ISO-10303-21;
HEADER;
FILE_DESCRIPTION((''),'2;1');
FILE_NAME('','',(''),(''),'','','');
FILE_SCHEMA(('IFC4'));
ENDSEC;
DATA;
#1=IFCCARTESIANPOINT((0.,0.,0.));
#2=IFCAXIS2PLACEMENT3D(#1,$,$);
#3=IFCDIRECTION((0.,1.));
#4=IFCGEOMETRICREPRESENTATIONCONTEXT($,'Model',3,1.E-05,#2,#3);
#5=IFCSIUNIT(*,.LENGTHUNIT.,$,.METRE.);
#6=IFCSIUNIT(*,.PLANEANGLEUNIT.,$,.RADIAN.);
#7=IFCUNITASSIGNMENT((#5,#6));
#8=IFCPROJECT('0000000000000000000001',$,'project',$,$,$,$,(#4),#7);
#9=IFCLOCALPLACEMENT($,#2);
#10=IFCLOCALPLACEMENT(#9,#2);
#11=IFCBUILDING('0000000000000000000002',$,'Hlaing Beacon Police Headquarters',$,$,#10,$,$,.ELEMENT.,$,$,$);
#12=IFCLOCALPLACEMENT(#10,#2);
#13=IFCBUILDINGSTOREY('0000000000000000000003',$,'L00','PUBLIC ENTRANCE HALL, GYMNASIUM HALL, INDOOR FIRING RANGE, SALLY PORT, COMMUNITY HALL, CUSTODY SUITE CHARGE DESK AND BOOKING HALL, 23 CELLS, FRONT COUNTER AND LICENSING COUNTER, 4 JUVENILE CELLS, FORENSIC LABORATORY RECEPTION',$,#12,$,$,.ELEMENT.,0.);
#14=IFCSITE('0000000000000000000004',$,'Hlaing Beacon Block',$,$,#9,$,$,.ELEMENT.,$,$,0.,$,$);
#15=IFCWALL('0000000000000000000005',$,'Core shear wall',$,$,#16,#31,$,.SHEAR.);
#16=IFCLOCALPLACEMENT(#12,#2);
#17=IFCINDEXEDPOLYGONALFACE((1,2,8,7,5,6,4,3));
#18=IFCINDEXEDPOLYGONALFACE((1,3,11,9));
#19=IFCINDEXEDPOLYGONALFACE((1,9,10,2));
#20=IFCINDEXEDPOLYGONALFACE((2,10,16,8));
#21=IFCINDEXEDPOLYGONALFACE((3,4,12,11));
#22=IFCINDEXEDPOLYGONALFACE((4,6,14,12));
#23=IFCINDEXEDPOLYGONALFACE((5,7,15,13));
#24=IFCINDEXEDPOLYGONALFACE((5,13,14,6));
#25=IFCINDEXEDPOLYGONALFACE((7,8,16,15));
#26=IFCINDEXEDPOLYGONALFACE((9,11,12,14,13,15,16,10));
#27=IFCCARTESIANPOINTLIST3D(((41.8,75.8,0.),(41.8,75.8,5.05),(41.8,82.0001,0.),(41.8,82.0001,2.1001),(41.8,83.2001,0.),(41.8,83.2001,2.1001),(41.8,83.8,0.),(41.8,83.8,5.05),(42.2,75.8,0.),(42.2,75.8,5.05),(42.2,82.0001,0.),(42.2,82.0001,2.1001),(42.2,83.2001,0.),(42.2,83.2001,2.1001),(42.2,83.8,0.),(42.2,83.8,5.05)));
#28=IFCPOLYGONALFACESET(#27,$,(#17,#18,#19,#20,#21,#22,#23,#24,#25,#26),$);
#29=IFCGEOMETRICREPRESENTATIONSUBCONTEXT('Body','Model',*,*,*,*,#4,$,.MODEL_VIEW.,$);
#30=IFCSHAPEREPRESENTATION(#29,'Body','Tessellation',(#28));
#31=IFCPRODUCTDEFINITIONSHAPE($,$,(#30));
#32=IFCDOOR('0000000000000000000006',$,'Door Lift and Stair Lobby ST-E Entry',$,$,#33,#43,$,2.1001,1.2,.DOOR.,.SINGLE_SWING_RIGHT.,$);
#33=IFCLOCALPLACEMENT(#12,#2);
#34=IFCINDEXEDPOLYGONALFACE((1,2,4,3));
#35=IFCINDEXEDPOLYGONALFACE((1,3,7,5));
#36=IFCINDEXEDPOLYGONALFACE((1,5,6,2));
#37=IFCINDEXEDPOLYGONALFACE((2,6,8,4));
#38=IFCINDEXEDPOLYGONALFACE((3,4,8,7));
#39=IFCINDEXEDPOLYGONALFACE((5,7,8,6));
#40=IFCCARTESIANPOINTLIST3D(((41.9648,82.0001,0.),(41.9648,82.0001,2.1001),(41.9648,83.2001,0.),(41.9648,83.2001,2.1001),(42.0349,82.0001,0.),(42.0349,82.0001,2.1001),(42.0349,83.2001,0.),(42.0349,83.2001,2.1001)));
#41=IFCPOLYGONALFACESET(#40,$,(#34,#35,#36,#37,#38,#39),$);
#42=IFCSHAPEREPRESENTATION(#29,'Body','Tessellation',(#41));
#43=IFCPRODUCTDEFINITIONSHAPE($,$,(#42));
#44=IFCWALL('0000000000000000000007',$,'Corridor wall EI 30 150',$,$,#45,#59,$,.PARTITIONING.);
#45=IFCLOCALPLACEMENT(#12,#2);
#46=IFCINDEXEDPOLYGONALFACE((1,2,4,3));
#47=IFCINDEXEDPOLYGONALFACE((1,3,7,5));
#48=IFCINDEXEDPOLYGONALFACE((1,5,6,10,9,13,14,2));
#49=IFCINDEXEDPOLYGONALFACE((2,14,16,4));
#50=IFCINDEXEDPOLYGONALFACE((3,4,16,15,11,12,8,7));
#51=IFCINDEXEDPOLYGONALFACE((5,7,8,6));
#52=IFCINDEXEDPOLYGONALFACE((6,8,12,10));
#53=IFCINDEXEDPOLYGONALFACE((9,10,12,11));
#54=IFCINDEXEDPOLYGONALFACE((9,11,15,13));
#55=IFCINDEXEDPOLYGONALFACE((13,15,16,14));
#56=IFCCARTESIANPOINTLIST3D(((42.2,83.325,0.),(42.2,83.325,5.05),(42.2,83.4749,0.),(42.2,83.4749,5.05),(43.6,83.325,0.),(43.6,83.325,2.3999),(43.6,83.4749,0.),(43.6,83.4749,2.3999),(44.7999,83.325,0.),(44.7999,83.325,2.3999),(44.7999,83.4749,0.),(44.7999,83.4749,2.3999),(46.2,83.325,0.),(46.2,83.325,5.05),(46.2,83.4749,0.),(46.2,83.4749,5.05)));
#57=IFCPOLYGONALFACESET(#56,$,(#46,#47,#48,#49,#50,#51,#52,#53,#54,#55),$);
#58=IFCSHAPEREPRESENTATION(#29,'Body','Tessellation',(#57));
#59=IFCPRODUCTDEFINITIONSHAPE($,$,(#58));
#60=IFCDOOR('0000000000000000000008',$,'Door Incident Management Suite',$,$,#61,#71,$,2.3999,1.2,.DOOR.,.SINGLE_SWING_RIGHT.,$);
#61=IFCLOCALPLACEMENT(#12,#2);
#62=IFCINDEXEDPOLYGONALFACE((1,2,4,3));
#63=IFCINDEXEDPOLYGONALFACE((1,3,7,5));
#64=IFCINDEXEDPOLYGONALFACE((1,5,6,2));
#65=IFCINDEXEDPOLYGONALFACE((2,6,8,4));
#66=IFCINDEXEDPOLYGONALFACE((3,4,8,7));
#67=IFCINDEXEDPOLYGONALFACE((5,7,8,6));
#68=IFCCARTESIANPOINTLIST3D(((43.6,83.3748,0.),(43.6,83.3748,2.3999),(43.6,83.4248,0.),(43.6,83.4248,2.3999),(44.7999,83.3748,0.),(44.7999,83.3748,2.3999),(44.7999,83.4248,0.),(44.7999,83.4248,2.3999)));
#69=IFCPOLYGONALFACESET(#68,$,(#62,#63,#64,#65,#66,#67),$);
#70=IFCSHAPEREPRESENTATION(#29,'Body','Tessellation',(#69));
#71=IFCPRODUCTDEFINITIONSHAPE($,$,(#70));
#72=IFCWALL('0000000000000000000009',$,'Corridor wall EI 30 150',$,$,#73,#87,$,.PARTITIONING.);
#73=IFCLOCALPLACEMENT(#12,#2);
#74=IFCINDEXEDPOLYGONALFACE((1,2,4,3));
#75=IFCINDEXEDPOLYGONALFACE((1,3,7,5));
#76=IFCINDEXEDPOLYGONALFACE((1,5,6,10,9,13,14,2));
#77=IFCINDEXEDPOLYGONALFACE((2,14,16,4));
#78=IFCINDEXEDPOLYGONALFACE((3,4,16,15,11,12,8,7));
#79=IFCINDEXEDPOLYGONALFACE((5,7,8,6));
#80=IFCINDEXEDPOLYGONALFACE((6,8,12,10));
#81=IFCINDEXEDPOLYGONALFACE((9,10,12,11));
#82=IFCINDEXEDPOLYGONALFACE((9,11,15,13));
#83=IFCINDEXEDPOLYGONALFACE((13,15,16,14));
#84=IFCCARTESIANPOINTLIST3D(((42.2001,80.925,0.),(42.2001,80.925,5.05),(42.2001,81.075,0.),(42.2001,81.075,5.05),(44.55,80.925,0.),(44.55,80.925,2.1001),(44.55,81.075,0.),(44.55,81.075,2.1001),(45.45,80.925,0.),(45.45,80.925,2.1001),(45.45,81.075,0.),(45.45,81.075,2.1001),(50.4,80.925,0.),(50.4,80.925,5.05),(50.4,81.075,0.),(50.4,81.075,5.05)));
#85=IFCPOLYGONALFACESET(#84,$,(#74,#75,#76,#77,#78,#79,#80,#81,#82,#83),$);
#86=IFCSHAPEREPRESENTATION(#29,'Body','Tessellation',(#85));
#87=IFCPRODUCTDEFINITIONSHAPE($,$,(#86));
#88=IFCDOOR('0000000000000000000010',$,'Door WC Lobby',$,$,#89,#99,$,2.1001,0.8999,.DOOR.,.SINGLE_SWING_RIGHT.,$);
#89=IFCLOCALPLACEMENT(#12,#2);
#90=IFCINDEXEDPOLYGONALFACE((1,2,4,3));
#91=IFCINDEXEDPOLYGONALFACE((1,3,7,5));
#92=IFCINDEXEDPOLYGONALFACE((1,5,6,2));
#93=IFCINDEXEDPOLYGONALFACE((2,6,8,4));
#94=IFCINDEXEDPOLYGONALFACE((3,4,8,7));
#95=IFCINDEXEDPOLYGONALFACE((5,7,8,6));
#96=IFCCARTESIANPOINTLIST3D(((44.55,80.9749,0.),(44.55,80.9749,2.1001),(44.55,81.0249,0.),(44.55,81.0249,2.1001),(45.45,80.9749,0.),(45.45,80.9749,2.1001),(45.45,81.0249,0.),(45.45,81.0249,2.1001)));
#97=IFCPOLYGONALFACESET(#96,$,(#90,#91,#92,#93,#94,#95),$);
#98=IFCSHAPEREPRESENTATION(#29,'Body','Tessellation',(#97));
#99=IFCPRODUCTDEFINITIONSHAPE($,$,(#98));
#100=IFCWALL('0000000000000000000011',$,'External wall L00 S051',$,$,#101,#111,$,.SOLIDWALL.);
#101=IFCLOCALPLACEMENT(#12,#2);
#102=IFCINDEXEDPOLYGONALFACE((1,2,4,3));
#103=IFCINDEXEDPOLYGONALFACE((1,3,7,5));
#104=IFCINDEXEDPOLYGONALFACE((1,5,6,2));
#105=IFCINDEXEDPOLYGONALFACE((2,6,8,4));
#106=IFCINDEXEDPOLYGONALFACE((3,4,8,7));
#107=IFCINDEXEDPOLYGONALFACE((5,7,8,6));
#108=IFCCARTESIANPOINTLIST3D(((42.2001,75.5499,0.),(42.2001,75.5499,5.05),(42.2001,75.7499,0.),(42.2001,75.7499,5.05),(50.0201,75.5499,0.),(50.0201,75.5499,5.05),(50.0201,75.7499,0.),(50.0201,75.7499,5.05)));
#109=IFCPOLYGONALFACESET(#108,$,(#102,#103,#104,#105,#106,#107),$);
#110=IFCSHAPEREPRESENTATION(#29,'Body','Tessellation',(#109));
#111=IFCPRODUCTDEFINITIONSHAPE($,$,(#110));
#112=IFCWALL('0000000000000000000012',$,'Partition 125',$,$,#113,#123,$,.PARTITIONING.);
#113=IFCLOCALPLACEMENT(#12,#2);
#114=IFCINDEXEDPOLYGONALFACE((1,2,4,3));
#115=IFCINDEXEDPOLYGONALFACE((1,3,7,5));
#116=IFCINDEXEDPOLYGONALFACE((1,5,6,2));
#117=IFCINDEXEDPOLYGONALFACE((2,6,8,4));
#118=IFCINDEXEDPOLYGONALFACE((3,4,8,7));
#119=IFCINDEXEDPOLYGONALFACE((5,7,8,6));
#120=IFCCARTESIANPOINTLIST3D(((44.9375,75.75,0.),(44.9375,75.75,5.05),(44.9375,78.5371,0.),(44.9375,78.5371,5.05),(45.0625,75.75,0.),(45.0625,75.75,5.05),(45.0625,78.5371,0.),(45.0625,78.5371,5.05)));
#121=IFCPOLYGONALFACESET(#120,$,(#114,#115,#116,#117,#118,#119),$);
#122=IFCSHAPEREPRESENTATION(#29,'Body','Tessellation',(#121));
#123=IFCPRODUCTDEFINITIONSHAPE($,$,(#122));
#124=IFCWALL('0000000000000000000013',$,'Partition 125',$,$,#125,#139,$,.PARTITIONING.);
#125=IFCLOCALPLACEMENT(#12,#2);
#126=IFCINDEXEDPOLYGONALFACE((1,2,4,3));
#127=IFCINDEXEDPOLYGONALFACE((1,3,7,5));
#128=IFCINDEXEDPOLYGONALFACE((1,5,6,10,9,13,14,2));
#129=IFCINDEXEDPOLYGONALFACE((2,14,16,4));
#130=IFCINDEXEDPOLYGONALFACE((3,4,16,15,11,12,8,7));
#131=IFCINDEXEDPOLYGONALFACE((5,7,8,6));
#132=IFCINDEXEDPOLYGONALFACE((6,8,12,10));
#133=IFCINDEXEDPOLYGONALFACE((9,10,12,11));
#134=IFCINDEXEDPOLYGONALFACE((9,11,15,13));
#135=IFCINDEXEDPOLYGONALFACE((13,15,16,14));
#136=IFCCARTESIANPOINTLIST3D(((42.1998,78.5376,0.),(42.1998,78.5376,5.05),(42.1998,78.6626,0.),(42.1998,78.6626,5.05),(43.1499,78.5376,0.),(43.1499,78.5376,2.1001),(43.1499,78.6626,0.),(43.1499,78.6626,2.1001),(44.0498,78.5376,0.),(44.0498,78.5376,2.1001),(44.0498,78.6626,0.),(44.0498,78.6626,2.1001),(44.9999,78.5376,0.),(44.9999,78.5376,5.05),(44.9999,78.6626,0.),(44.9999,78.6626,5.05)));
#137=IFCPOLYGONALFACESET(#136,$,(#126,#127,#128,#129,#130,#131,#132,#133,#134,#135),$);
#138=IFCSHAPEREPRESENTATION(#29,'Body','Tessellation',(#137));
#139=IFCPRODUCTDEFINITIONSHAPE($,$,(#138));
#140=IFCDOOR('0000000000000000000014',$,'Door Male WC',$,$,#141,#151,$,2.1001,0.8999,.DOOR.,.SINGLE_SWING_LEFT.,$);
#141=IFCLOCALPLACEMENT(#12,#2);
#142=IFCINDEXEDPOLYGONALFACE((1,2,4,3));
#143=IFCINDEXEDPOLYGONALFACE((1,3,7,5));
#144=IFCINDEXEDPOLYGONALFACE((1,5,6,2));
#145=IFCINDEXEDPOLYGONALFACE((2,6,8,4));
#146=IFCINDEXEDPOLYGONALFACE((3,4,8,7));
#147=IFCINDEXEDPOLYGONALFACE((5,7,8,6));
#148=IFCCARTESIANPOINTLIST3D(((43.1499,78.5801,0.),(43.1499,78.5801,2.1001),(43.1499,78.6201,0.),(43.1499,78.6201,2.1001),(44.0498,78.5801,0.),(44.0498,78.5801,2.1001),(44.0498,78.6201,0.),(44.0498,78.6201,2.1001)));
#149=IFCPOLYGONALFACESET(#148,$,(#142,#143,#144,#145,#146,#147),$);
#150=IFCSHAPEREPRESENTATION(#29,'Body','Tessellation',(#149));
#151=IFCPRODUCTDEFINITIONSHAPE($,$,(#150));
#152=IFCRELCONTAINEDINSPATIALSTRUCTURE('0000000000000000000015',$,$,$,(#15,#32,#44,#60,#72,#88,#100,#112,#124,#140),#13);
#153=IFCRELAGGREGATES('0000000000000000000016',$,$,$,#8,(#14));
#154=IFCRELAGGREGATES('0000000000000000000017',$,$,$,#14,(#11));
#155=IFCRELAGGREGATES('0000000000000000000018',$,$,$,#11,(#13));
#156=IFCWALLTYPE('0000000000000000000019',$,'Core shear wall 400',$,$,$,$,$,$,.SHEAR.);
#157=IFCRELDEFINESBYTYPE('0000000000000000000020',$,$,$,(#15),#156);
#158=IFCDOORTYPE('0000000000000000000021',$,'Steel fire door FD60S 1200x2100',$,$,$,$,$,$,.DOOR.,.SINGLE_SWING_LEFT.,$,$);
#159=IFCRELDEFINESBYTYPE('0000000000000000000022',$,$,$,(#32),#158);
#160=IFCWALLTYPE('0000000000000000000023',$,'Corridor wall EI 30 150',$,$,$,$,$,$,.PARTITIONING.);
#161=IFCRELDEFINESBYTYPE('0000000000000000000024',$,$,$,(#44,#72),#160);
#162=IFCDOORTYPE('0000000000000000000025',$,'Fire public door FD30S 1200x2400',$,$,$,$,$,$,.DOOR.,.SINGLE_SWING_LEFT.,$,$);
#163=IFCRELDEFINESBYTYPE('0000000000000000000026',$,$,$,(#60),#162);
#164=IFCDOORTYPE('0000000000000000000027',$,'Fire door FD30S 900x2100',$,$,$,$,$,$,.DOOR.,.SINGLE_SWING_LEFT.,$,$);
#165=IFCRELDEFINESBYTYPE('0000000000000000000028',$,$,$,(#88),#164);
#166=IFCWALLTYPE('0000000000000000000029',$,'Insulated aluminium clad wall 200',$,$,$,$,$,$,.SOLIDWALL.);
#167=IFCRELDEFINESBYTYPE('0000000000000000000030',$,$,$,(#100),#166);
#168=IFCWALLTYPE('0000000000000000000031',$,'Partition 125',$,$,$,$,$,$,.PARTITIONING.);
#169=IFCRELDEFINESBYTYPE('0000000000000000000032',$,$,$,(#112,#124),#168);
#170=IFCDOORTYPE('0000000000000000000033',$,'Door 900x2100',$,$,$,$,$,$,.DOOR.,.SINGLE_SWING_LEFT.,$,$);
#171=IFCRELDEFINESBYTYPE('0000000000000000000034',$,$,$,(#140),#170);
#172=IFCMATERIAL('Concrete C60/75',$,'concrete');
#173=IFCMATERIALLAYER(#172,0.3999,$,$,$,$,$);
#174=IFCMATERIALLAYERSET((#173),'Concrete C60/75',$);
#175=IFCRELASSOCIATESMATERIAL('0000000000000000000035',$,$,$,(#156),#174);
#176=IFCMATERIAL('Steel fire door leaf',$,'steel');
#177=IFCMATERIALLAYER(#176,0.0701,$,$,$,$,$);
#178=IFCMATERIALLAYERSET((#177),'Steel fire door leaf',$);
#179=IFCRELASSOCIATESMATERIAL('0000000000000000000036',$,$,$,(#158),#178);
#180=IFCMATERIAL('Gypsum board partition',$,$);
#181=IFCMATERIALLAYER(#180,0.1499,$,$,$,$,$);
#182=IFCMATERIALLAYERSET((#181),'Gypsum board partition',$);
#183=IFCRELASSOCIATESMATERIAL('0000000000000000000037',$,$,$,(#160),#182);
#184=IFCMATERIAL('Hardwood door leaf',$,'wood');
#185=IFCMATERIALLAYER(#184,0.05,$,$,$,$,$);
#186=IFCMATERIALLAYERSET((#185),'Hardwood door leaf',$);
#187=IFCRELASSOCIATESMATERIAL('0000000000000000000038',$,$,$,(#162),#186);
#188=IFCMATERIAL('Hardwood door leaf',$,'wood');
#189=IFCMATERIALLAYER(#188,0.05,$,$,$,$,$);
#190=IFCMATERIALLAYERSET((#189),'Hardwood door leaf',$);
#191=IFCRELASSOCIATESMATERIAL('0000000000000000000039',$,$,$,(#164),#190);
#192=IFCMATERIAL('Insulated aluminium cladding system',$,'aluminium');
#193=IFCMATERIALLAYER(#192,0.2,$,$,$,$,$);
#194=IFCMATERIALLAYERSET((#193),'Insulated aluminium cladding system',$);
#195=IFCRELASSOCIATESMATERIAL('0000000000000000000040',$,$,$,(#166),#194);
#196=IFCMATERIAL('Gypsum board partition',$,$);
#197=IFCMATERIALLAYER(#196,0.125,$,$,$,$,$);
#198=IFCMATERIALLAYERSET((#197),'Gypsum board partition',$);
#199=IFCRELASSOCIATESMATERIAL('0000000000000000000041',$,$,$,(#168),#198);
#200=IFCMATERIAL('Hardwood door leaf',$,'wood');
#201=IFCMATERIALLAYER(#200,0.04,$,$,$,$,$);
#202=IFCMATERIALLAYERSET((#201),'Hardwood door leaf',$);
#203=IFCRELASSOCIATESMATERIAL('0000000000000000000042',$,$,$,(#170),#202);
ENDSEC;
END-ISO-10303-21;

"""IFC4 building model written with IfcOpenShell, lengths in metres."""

from ifc_helpers import new_model, si_unit, direction, frame, frame_2d, origin, place, context, subcontext, project, spatial, rectangle, extrude, material, layer, layer_set, type_object, element, fill, save


model = new_model("IFC4")

# Units and contexts
model_context = context("Model", 3, precision=1e-05, world=origin(), true_north=direction((0.0, 1.0)))
body_context = subcontext(model_context, "Body", "Model", "MODEL_VIEW")
ifc_project = project(units=[si_unit("LENGTHUNIT", "METRE"), si_unit("PLANEANGLEUNIT", "RADIAN")], contexts=[model_context])

# Site, building, storey
site_placement = place(None, origin())
site = spatial("IfcSite", under=ifc_project, at=site_placement, Name="Hlaing Beacon Block", CompositionType="ELEMENT", RefElevation=0.0)
building_placement = place(site_placement, origin())
building = spatial("IfcBuilding", under=site, at=building_placement, Name="Hlaing Beacon Police Headquarters", CompositionType="ELEMENT")
storey_placement = place(building_placement, origin())
storey = spatial("IfcBuildingStorey", under=building, at=storey_placement, Name="L00", Description="PUBLIC ENTRANCE HALL, GYMNASIUM HALL, INDOOR FIRING RANGE, SALLY PORT, COMMUNITY HALL, CUSTODY SUITE CHARGE DESK AND BOOKING HALL, 23 CELLS, FRONT COUNTER AND LICENSING COUNTER, 4 JUVENILE CELLS, FORENSIC LABORATORY RECEPTION", CompositionType="ELEMENT", Elevation=0.0)

# Walls, openings, doors
ifc_material_1 = material(Name="Concrete C60/75", Category="concrete")
ifc_layer_1 = layer(ifc_material_1, 0.3999)
ifc_layer_set_1 = layer_set([ifc_layer_1], Name="Concrete C60/75")
wall_type_1 = type_object("IfcWallType", Name="Core shear wall 400", PredefinedType="SHEAR", material=ifc_layer_set_1)
wall_1_placement = place(storey_placement, frame((42.0, 75.8, 0.0), z_axis=(0.0, 0.0, 1.0), x_axis=(0.0, 1.0, 0.0)))
wall_1 = element("IfcWall", 1, at=wall_1_placement, inside=storey, type_object=wall_type_1, Name="Core shear wall", PredefinedType="SHEAR", context=body_context, shape_type="SweptSolid", body=[
    extrude(rectangle(XDim=8.0, YDim=0.3999, at=frame_2d((4.0, 0.0))), origin(), (0.0, 0.0, 1.0), 5.05),
])
opening_1_placement = place(wall_1_placement, frame((6.2, 0.0, 0.0)))
opening_1 = element("IfcOpeningElement", 2, at=opening_1_placement, cuts=wall_1, PredefinedType="OPENING", context=body_context, shape_type="SweptSolid", body=[
    extrude(rectangle(XDim=1.2, YDim=2.1001, at=frame_2d((0.6001, 1.05))), frame((0.0, 0.21, 0.0), z_axis=(0.0, -1.0, 0.0), x_axis=(1.0, 0.0, 0.0)), (0.0, 0.0, 1.0), 0.4199),
])
ifc_material_2 = material(Name="Steel fire door leaf", Category="steel")
ifc_layer_2 = layer(ifc_material_2, 0.0701)
ifc_layer_set_2 = layer_set([ifc_layer_2], Name="Steel fire door leaf")
door_type_1 = type_object("IfcDoorType", Name="Steel fire door FD60S 1200x2100", OperationType="SINGLE_SWING_LEFT", PredefinedType="DOOR", material=ifc_layer_set_2)
door_1_placement = place(opening_1_placement, origin())
door_1 = element("IfcDoor", 3, at=door_1_placement, inside=storey, type_object=door_type_1, Name="Door Lift and Stair Lobby ST-E Entry", OperationType="SINGLE_SWING_RIGHT", OverallHeight=2.1001, OverallWidth=1.2, PredefinedType="DOOR", context=body_context, shape_type="SweptSolid", body=[
    extrude(rectangle(XDim=1.2, YDim=2.1001, at=frame_2d((0.6001, 1.05))), frame((0.0, 0.0352, 0.0), z_axis=(0.0, -1.0, 0.0), x_axis=(1.0, 0.0, 0.0)), (0.0, 0.0, 1.0), 0.0701),
])
fill(opening_1, door_1)
ifc_material_3 = material(Name="Gypsum board partition")
ifc_layer_3 = layer(ifc_material_3, 0.1499)
ifc_layer_set_3 = layer_set([ifc_layer_3], Name="Gypsum board partition")
wall_type_2 = type_object("IfcWallType", Name="Corridor wall EI 30 150", PredefinedType="PARTITIONING", material=ifc_layer_set_3)
wall_2_placement = place(storey_placement, frame((42.2, 83.3999, 0.0), z_axis=(0.0, 0.0, 1.0), x_axis=(1.0, 0.0, 0.0)))
wall_2 = element("IfcWall", 4, at=wall_2_placement, inside=storey, type_object=wall_type_2, Name="Corridor wall EI 30 150", PredefinedType="PARTITIONING", context=body_context, shape_type="SweptSolid", body=[
    extrude(rectangle(XDim=4.0, YDim=0.1499, at=frame_2d((2.0, 0.0))), origin(), (0.0, 0.0, 1.0), 5.05),
])
opening_2_placement = place(wall_2_placement, frame((1.3999, 0.0, 0.0)))
opening_2 = element("IfcOpeningElement", 5, at=opening_2_placement, cuts=wall_2, PredefinedType="OPENING", context=body_context, shape_type="SweptSolid", body=[
    extrude(rectangle(XDim=1.2, YDim=2.3999, at=frame_2d((0.6001, 1.2))), frame((0.0, 0.085, 0.0), z_axis=(0.0, -1.0, 0.0), x_axis=(1.0, 0.0, 0.0)), (0.0, 0.0, 1.0), 0.1699),
])
ifc_material_4 = material(Name="Hardwood door leaf", Category="wood")
ifc_layer_4 = layer(ifc_material_4, 0.05)
ifc_layer_set_4 = layer_set([ifc_layer_4], Name="Hardwood door leaf")
door_type_2 = type_object("IfcDoorType", Name="Fire public door FD30S 1200x2400", OperationType="SINGLE_SWING_LEFT", PredefinedType="DOOR", material=ifc_layer_set_4)
door_2_placement = place(opening_2_placement, origin())
door_2 = element("IfcDoor", 6, at=door_2_placement, inside=storey, type_object=door_type_2, Name="Door Incident Management Suite", OperationType="SINGLE_SWING_RIGHT", OverallHeight=2.3999, OverallWidth=1.2, PredefinedType="DOOR", context=body_context, shape_type="SweptSolid", body=[
    extrude(rectangle(XDim=1.2, YDim=2.3999, at=frame_2d((0.6001, 1.2))), frame((0.0, 0.0249, 0.0), z_axis=(0.0, -1.0, 0.0), x_axis=(1.0, 0.0, 0.0)), (0.0, 0.0, 1.0), 0.05),
])
fill(opening_2, door_2)
wall_3_placement = place(storey_placement, frame((42.2, 81.0, 0.0), z_axis=(0.0, 0.0, 1.0), x_axis=(1.0, 0.0, 0.0)))
wall_3 = element("IfcWall", 7, at=wall_3_placement, inside=storey, type_object=wall_type_2, Name="Corridor wall EI 30 150", PredefinedType="PARTITIONING", context=body_context, shape_type="SweptSolid", body=[
    extrude(rectangle(XDim=8.2, YDim=0.1499, at=frame_2d((4.1001, 0.0))), origin(), (0.0, 0.0, 1.0), 5.05),
])
opening_3_placement = place(wall_3_placement, frame((2.3501, 0.0, 0.0)))
opening_3 = element("IfcOpeningElement", 8, at=opening_3_placement, cuts=wall_3, PredefinedType="OPENING", context=body_context, shape_type="SweptSolid", body=[
    extrude(rectangle(XDim=0.8999, YDim=2.1001, at=frame_2d((0.45, 1.05))), frame((0.0, 0.085, 0.0), z_axis=(0.0, -1.0, 0.0), x_axis=(1.0, 0.0, 0.0)), (0.0, 0.0, 1.0), 0.1699),
])
ifc_material_5 = material(Name="Hardwood door leaf", Category="wood")
ifc_layer_5 = layer(ifc_material_5, 0.05)
ifc_layer_set_5 = layer_set([ifc_layer_5], Name="Hardwood door leaf")
door_type_3 = type_object("IfcDoorType", Name="Fire door FD30S 900x2100", OperationType="SINGLE_SWING_LEFT", PredefinedType="DOOR", material=ifc_layer_set_5)
door_3_placement = place(opening_3_placement, frame((0.8999, 0.0, 0.0), z_axis=(0.0, 0.0, 1.0), x_axis=(-1.0, 0.0, 0.0)))
door_3 = element("IfcDoor", 9, at=door_3_placement, inside=storey, type_object=door_type_3, Name="Door WC Lobby", OperationType="SINGLE_SWING_RIGHT", OverallHeight=2.1001, OverallWidth=0.8999, PredefinedType="DOOR", context=body_context, shape_type="SweptSolid", body=[
    extrude(rectangle(XDim=0.8999, YDim=2.1001, at=frame_2d((0.45, 1.05))), frame((0.0, 0.0251, 0.0), z_axis=(0.0, -1.0, 0.0), x_axis=(1.0, 0.0, 0.0)), (0.0, 0.0, 1.0), 0.05),
])
fill(opening_3, door_3)

# Walls
ifc_material_6 = material(Name="Insulated aluminium cladding system", Category="aluminium")
ifc_layer_6 = layer(ifc_material_6, 0.2)
ifc_layer_set_6 = layer_set([ifc_layer_6], Name="Insulated aluminium cladding system")
wall_type_3 = type_object("IfcWallType", Name="Insulated aluminium clad wall 200", PredefinedType="SOLIDWALL", material=ifc_layer_set_6)
wall_4_placement = place(storey_placement, frame((42.2, 75.6499, 0.0), z_axis=(0.0, 0.0, 1.0), x_axis=(1.0, 0.0, 0.0)))
element("IfcWall", 10, at=wall_4_placement, inside=storey, type_object=wall_type_3, Name="External wall L00 S051", PredefinedType="SOLIDWALL", context=body_context, shape_type="SweptSolid", body=[
    extrude(rectangle(XDim=7.8201, YDim=0.2, at=frame_2d((3.9102, 0.0))), origin(), (0.0, 0.0, 1.0), 5.05),
])
ifc_material_7 = material(Name="Gypsum board partition")
ifc_layer_7 = layer(ifc_material_7, 0.125)
ifc_layer_set_7 = layer_set([ifc_layer_7], Name="Gypsum board partition")
wall_type_4 = type_object("IfcWallType", Name="Partition 125", PredefinedType="PARTITIONING", material=ifc_layer_set_7)
wall_5_placement = place(storey_placement, frame((45.0, 75.75, 0.0), z_axis=(0.0, 0.0, 1.0), x_axis=(0.0, 1.0, 0.0)))
element("IfcWall", 11, at=wall_5_placement, inside=storey, type_object=wall_type_4, Name="Partition 125", PredefinedType="PARTITIONING", context=body_context, shape_type="SweptSolid", body=[
    extrude(rectangle(XDim=2.7871, YDim=0.125, at=frame_2d((1.3936, 0.0))), origin(), (0.0, 0.0, 1.0), 5.05),
])

# Wall, opening, door
wall_6_placement = place(storey_placement, frame((42.2, 78.6001, 0.0), z_axis=(0.0, 0.0, 1.0), x_axis=(1.0, 0.0, 0.0)))
wall_6 = element("IfcWall", 12, at=wall_6_placement, inside=storey, type_object=wall_type_4, Name="Partition 125", PredefinedType="PARTITIONING", context=body_context, shape_type="SweptSolid", body=[
    extrude(rectangle(XDim=2.8, YDim=0.125, at=frame_2d((1.3999, 0.0))), origin(), (0.0, 0.0, 1.0), 5.05),
])
opening_4_placement = place(wall_6_placement, frame((0.95, 0.0, 0.0)))
opening_4 = element("IfcOpeningElement", 13, at=opening_4_placement, cuts=wall_6, PredefinedType="OPENING", context=body_context, shape_type="SweptSolid", body=[
    extrude(rectangle(XDim=0.8999, YDim=2.1001, at=frame_2d((0.45, 1.05))), frame((0.0, 0.0725, 0.0), z_axis=(0.0, -1.0, 0.0), x_axis=(1.0, 0.0, 0.0)), (0.0, 0.0, 1.0), 0.145),
])
ifc_material_8 = material(Name="Hardwood door leaf", Category="wood")
ifc_layer_8 = layer(ifc_material_8, 0.04)
ifc_layer_set_8 = layer_set([ifc_layer_8], Name="Hardwood door leaf")
door_type_4 = type_object("IfcDoorType", Name="Door 900x2100", OperationType="SINGLE_SWING_LEFT", PredefinedType="DOOR", material=ifc_layer_set_8)
door_4_placement = place(opening_4_placement, frame((0.8999, 0.0, 0.0), z_axis=(0.0, 0.0, 1.0), x_axis=(-1.0, 0.0, 0.0)))
door_4 = element("IfcDoor", 14, at=door_4_placement, inside=storey, type_object=door_type_4, Name="Door Male WC", OperationType="SINGLE_SWING_LEFT", OverallHeight=2.1001, OverallWidth=0.8999, PredefinedType="DOOR", context=body_context, shape_type="SweptSolid", body=[
    extrude(rectangle(XDim=0.8999, YDim=2.1001, at=frame_2d((0.45, 1.05))), frame((0.0, 0.02, 0.0), z_axis=(0.0, -1.0, 0.0), x_axis=(1.0, 0.0, 0.0)), (0.0, 0.0, 1.0), 0.04),
])
fill(opening_4, door_4)

save(model, "model.ifc")
